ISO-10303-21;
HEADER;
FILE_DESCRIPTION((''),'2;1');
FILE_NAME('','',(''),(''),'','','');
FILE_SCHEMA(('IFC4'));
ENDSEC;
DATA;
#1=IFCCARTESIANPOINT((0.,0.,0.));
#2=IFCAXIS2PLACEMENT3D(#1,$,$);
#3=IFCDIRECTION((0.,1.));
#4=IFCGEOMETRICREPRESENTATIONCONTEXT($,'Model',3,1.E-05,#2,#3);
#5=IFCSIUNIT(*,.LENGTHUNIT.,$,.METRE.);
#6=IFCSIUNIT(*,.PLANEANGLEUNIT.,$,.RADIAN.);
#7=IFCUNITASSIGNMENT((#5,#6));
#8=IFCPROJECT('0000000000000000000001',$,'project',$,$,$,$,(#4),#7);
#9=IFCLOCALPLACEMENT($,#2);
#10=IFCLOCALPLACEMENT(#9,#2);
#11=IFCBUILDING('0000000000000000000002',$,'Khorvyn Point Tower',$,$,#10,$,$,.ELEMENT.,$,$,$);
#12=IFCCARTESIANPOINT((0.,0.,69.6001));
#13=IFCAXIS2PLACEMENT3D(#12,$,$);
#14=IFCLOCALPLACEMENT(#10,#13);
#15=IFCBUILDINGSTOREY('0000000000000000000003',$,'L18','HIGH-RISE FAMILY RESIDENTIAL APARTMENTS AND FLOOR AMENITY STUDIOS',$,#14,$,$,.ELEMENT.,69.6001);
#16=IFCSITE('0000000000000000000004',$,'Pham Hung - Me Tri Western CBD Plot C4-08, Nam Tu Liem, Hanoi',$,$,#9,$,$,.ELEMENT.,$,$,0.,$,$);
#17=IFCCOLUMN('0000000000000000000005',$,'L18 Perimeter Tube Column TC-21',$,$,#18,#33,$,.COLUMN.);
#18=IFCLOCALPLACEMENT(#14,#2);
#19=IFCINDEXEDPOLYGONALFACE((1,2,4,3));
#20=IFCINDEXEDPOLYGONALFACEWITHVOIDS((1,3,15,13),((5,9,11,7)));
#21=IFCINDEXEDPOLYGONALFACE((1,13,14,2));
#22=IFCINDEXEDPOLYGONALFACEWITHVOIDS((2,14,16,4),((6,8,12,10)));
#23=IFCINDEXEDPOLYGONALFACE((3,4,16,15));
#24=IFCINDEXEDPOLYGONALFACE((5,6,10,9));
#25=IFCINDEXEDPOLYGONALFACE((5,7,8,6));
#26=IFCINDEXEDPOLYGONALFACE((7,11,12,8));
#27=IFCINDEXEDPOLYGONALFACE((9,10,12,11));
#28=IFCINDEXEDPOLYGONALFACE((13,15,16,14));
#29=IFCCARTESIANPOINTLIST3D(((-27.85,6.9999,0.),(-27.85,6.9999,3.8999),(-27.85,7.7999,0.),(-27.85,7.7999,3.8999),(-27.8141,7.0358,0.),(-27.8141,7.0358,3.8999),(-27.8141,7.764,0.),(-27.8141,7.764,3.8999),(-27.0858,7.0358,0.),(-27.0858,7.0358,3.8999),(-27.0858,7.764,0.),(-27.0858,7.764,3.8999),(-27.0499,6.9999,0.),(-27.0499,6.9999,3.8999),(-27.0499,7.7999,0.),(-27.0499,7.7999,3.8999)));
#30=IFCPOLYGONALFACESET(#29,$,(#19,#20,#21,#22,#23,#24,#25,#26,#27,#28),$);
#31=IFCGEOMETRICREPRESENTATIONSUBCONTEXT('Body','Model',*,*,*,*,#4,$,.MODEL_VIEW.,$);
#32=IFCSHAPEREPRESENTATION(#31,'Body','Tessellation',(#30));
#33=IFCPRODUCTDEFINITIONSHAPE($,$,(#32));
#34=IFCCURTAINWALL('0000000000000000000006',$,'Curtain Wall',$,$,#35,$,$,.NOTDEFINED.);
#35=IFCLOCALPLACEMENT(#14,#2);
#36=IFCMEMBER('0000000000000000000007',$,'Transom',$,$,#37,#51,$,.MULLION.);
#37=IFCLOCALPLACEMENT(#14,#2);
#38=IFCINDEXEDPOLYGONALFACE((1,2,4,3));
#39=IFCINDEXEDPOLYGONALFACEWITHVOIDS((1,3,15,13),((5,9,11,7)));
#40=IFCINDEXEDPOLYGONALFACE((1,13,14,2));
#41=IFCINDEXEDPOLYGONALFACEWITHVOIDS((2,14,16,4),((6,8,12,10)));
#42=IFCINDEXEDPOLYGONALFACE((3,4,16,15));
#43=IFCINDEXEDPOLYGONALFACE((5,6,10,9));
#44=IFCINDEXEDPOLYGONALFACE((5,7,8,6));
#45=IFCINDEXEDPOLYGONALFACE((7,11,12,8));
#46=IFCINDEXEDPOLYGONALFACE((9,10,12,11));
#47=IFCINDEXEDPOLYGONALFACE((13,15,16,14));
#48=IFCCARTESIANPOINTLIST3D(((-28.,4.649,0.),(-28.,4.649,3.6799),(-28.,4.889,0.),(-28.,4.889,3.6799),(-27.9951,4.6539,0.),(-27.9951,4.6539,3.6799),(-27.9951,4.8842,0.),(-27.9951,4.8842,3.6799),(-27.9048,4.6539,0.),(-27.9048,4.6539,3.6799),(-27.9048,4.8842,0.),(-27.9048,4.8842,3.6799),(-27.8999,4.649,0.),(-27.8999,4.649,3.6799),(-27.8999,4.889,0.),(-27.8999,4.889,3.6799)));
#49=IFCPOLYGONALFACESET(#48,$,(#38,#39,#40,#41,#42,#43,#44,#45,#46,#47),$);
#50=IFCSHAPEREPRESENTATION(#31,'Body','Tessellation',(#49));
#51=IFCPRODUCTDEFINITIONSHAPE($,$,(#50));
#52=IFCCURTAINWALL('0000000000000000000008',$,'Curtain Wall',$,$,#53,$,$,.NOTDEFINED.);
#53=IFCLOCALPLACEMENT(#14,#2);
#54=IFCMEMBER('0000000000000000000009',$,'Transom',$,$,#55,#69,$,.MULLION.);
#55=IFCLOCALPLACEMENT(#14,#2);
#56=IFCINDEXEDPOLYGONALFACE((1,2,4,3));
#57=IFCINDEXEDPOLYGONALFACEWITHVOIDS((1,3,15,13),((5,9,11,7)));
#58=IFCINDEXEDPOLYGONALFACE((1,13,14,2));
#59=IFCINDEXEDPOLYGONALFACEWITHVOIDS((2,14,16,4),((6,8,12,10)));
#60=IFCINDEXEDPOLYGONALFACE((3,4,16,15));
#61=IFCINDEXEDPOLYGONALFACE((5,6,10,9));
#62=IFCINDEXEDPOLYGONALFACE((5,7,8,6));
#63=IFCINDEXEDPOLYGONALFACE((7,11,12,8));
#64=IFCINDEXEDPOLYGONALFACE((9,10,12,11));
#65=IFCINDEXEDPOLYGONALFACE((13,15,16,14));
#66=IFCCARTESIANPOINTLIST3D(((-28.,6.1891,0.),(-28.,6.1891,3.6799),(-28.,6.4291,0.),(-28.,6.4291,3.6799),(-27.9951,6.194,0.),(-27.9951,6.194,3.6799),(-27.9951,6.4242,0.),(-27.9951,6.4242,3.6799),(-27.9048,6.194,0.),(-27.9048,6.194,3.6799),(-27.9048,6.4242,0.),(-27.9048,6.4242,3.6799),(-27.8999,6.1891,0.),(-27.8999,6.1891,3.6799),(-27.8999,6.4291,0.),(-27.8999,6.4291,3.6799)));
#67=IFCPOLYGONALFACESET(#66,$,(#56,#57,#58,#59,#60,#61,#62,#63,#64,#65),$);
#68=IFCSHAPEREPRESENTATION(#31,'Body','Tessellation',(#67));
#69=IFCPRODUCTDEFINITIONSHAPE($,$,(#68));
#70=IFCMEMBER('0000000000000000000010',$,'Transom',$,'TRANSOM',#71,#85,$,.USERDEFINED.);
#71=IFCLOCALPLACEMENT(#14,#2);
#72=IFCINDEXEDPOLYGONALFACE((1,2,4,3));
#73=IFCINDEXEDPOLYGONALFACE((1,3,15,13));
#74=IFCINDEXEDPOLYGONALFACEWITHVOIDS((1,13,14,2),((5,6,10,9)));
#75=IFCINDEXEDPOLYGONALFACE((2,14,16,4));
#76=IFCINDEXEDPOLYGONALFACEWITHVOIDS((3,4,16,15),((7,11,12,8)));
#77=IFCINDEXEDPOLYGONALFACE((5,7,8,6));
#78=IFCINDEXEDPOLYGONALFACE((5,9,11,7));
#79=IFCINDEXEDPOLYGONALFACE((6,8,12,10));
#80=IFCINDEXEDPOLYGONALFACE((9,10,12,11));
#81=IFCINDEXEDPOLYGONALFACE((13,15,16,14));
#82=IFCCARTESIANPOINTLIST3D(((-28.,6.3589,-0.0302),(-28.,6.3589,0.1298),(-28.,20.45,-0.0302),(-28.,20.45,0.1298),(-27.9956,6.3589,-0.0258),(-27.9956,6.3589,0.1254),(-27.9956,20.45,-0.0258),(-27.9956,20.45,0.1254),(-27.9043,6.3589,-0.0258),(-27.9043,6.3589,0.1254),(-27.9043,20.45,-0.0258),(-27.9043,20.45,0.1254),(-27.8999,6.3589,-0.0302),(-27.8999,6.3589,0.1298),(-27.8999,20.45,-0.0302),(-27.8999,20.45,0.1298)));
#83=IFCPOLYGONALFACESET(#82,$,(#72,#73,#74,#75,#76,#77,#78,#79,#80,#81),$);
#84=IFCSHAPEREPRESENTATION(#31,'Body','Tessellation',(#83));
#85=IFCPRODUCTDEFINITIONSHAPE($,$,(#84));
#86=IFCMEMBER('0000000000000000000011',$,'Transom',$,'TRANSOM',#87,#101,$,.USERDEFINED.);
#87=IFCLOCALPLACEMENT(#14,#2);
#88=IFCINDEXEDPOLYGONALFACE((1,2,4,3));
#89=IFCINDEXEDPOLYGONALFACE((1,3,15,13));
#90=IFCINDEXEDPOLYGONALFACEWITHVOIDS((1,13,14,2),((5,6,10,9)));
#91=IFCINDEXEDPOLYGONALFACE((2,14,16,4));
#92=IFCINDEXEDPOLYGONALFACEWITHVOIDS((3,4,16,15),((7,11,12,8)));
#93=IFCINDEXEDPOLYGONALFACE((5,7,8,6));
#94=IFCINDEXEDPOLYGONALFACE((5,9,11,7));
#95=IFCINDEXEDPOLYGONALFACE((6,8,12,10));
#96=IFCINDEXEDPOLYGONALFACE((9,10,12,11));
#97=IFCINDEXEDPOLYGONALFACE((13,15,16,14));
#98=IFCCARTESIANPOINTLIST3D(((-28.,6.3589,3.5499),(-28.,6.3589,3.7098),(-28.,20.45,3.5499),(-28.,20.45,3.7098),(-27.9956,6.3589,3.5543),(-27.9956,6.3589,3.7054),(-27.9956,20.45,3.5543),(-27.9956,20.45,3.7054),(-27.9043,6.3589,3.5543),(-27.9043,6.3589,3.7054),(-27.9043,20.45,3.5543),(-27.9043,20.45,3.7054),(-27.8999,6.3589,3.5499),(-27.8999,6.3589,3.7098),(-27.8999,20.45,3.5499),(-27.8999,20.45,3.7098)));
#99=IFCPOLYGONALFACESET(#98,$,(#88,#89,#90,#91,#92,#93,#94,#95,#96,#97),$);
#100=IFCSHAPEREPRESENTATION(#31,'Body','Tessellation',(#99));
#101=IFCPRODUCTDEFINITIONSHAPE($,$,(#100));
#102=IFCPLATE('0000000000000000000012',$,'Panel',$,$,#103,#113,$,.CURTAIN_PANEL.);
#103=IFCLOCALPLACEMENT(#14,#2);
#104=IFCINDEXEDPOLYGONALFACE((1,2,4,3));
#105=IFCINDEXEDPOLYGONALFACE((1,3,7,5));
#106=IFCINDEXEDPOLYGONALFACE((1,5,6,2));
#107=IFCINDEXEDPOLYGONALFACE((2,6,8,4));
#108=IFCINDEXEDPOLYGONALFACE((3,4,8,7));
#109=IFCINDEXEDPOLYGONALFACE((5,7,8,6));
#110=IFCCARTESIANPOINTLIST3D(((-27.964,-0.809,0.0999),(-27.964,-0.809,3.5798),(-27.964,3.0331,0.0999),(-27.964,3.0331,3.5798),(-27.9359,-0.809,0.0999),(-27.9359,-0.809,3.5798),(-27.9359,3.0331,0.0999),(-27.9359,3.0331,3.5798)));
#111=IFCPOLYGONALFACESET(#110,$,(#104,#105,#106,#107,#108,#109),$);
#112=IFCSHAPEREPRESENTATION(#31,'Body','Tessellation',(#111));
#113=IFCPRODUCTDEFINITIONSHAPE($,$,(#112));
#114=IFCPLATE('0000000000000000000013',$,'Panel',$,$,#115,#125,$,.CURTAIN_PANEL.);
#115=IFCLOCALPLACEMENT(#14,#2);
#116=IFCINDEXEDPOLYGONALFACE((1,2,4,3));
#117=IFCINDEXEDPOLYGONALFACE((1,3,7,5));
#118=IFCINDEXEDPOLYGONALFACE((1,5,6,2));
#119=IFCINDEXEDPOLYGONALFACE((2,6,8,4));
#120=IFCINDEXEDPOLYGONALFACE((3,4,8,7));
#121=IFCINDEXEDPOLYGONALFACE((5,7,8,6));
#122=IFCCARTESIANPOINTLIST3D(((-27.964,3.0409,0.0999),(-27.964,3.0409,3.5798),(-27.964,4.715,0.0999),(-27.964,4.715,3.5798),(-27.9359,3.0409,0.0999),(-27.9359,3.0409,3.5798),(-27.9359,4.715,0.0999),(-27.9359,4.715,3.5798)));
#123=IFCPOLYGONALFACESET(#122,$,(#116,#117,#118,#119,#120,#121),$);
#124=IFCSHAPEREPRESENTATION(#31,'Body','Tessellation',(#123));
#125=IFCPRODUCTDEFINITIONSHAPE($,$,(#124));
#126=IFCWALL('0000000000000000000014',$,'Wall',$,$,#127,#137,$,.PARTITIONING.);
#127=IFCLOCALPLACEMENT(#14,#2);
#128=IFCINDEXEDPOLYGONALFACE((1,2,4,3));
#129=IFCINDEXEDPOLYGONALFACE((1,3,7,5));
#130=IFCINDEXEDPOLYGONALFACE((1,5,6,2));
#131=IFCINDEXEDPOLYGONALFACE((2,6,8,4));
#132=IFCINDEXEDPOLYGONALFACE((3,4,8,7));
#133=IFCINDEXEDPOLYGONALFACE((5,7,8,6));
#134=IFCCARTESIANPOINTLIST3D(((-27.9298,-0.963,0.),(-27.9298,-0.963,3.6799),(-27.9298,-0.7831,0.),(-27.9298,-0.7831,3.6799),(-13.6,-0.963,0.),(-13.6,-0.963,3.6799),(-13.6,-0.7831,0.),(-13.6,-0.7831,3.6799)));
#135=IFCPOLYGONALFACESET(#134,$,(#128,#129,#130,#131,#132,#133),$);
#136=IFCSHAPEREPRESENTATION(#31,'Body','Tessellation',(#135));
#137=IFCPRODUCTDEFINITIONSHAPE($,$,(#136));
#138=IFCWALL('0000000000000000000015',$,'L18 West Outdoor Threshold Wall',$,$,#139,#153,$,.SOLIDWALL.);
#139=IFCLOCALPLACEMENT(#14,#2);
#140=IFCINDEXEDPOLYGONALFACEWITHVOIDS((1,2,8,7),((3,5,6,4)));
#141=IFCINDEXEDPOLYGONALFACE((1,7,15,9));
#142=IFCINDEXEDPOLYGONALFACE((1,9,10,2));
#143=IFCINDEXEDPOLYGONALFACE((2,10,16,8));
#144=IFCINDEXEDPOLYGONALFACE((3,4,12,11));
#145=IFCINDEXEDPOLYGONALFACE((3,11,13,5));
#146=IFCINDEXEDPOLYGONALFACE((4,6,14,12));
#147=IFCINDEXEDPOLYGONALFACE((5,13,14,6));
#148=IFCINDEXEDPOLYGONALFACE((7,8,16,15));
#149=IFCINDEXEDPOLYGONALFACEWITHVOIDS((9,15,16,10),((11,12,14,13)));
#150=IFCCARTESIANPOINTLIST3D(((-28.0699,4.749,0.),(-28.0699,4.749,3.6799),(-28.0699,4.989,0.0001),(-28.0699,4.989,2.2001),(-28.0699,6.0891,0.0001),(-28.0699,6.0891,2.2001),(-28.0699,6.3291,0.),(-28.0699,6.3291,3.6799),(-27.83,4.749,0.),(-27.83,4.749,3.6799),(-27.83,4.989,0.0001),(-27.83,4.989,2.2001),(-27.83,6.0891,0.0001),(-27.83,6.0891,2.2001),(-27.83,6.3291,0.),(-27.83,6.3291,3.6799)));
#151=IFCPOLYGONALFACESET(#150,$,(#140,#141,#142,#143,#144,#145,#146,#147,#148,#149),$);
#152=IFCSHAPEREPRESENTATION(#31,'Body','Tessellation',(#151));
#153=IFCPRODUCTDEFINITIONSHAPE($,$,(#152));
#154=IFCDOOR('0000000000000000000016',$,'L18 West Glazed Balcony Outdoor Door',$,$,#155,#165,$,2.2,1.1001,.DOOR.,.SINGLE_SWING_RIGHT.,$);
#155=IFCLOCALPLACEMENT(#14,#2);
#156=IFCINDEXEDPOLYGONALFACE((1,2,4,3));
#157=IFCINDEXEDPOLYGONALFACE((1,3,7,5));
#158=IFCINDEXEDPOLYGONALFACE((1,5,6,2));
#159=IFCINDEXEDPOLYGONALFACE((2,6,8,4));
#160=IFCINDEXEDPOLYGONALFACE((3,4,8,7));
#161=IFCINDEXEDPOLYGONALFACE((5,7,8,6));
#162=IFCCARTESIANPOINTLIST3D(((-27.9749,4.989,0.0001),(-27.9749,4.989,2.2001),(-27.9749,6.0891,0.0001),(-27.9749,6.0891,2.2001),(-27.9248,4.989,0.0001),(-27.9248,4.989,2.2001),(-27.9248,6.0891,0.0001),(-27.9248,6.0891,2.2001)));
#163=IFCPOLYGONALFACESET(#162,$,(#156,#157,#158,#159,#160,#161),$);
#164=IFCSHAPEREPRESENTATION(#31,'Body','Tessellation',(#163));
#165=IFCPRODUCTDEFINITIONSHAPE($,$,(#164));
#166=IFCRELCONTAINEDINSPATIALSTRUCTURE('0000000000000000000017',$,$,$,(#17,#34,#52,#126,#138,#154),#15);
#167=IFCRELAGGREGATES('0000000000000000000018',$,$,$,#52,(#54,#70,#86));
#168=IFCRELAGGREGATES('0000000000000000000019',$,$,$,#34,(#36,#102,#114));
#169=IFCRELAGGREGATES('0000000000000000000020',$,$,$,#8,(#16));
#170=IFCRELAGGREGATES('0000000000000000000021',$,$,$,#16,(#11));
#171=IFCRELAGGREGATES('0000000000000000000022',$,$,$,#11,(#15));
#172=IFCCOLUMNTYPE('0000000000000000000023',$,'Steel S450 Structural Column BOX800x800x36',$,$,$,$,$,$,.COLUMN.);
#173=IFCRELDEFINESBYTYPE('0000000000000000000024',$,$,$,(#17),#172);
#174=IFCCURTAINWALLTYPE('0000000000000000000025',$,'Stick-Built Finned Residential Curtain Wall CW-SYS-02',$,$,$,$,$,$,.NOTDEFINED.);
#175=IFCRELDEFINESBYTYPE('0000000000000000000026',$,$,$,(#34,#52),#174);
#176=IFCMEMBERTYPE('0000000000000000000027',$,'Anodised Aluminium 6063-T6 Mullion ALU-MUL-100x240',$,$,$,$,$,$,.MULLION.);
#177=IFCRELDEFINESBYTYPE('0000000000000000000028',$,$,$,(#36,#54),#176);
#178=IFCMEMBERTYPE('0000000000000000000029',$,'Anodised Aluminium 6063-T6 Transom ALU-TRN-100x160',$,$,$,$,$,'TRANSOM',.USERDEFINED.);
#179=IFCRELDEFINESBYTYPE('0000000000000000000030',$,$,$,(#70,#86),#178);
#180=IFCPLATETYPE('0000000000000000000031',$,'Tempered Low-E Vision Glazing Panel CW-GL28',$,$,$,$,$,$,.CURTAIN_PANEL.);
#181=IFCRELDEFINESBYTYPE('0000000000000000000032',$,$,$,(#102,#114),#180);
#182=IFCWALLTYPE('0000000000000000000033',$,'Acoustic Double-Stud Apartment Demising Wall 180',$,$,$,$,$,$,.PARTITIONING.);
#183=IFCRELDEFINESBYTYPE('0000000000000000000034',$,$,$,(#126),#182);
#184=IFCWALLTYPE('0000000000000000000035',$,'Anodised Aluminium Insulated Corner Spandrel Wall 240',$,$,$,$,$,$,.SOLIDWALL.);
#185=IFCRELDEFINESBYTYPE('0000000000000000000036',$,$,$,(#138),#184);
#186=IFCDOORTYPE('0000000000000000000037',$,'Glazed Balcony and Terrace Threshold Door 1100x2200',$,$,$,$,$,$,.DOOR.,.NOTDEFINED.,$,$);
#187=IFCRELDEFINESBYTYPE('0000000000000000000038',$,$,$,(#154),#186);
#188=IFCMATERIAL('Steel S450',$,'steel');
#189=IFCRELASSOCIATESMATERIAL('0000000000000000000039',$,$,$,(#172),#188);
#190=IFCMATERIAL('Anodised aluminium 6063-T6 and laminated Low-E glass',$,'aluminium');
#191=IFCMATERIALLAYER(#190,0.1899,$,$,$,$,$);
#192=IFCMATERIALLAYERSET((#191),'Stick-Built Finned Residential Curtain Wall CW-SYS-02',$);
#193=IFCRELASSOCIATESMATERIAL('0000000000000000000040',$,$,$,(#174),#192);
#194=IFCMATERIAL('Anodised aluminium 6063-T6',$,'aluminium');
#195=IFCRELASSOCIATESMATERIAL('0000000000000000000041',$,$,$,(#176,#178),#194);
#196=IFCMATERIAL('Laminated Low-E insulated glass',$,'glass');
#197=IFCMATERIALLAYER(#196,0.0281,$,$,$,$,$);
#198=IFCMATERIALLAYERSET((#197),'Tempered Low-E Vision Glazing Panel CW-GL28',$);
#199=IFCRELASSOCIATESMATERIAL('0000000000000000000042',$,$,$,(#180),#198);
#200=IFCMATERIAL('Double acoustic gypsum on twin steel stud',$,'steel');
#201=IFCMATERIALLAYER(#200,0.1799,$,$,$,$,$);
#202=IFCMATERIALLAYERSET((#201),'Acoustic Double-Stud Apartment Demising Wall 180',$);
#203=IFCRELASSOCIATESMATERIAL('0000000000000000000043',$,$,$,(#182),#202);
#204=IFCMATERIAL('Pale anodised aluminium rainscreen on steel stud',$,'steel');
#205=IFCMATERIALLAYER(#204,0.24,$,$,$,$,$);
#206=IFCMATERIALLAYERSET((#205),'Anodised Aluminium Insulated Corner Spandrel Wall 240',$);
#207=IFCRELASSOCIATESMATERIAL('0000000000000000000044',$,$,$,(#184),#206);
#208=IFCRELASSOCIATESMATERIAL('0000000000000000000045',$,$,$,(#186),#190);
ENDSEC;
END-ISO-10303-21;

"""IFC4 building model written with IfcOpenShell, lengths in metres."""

from ifc_helpers import new_model, si_unit, direction, frame, frame_2d, origin, origin_2d, place, context, subcontext, project, spatial, rectangle, hollow_rectangle, extrude, material, layer, layer_set, material_profile, profile_set, type_object, element, fill, aggregate, save


model = new_model("IFC4")

# Units and contexts
model_context = context("Model", 3, precision=1e-05, world=origin(), true_north=direction((0.0, 1.0)))
body_context = subcontext(model_context, "Body", "Model", "MODEL_VIEW")
ifc_project = project(units=[si_unit("LENGTHUNIT", "METRE"), si_unit("PLANEANGLEUNIT", "RADIAN")], contexts=[model_context])

# Site, building, storey
site_placement = place(None, origin())
site = spatial("IfcSite", under=ifc_project, at=site_placement, Name="Pham Hung - Me Tri Western CBD Plot C4-08, Nam Tu Liem, Hanoi", CompositionType="ELEMENT", RefElevation=0.0)
building_placement = place(site_placement, origin())
building = spatial("IfcBuilding", under=site, at=building_placement, Name="Khorvyn Point Tower", CompositionType="ELEMENT")
storey_placement = place(building_placement, frame((0.0, 0.0, 69.6001)))
storey = spatial("IfcBuildingStorey", under=building, at=storey_placement, Name="L18", Description="HIGH-RISE FAMILY RESIDENTIAL APARTMENTS AND FLOOR AMENITY STUDIOS", CompositionType="ELEMENT", Elevation=69.6001)

# Column
ifc_material_1 = material(Name="Steel S450", Category="steel")
ifc_material_profile_1 = material_profile(ifc_material_1, hollow_rectangle(XDim=0.8, YDim=0.8, WallThickness=0.0359, at=origin_2d()))
ifc_profile_set_1 = profile_set([ifc_material_profile_1], Name="Steel S450 BOX800x800x36")
column_type = type_object("IfcColumnType", Name="Steel S450 Structural Column BOX800x800x36", PredefinedType="COLUMN", material=ifc_profile_set_1)
column_placement = place(storey_placement, frame((-27.45, 7.3999, 0.0), z_axis=(0.0, 0.0, 1.0), x_axis=(1.0, 0.0, 0.0)))
element("IfcColumn", 1, at=column_placement, inside=storey, type_object=column_type, Name="L18 Perimeter Tube Column TC-21", PredefinedType="COLUMN", context=body_context, shape_type="SweptSolid", body=[
    extrude(hollow_rectangle(XDim=0.8, YDim=0.8, WallThickness=0.0359, at=origin_2d()), origin(), (0.0, 0.0, 1.0), 3.8999),
])

# Curtain wall, member
ifc_material_2 = material(Name="Anodised aluminium 6063-T6 and laminated Low-E glass", Category="aluminium")
ifc_layer_1 = layer(ifc_material_2, 0.1899)
ifc_layer_set_1 = layer_set([ifc_layer_1], Name="Stick-Built Finned Residential Curtain Wall CW-SYS-02")
curtain_wall_type = type_object("IfcCurtainWallType", Name="Stick-Built Finned Residential Curtain Wall CW-SYS-02", PredefinedType="NOTDEFINED", material=ifc_layer_set_1)
curtain_wall_1_placement = place(storey_placement, origin())
curtain_wall_1 = element("IfcCurtainWall", 2, at=curtain_wall_1_placement, inside=storey, type_object=curtain_wall_type, Name="Curtain Wall", PredefinedType="NOTDEFINED")
ifc_material_3 = material(Name="Anodised aluminium 6063-T6", Category="aluminium")
ifc_material_profile_2 = material_profile(ifc_material_3, hollow_rectangle(XDim=0.1001, YDim=0.24, WallThickness=0.0049, at=origin_2d()))
ifc_profile_set_2 = profile_set([ifc_material_profile_2], Name="Anodised aluminium 6063-T6 ALU-MUL-100x240")
member_type_1 = type_object("IfcMemberType", Name="Anodised Aluminium 6063-T6 Mullion ALU-MUL-100x240", PredefinedType="MULLION", material=ifc_profile_set_2)
member_1_placement = place(storey_placement, frame((-27.95, 4.769, 0.0), z_axis=(0.0, 0.0, 1.0), x_axis=(-1.0, 0.0, 0.0)))
member_1 = element("IfcMember", 3, at=member_1_placement, type_object=member_type_1, Name="Transom", PredefinedType="MULLION", context=body_context, shape_type="SweptSolid", body=[
    extrude(hollow_rectangle(XDim=0.1001, YDim=0.24, WallThickness=0.0049, at=origin_2d()), origin(), (0.0, 0.0, 1.0), 3.6799),
])

# Curtain wall, members
curtain_wall_2_placement = place(storey_placement, origin())
curtain_wall_2 = element("IfcCurtainWall", 4, at=curtain_wall_2_placement, inside=storey, type_object=curtain_wall_type, Name="Curtain Wall", PredefinedType="NOTDEFINED")
member_2_placement = place(storey_placement, frame((-27.95, 6.3091, 0.0), z_axis=(0.0, 0.0, 1.0), x_axis=(-1.0, 0.0, 0.0)))
member_2 = element("IfcMember", 5, at=member_2_placement, type_object=member_type_1, Name="Transom", PredefinedType="MULLION", context=body_context, shape_type="SweptSolid", body=[
    extrude(hollow_rectangle(XDim=0.1001, YDim=0.24, WallThickness=0.0049, at=origin_2d()), origin(), (0.0, 0.0, 1.0), 3.6799),
])
ifc_material_profile_3 = material_profile(ifc_material_3, hollow_rectangle(XDim=0.1001, YDim=0.1599, WallThickness=0.0044, at=origin_2d()))
ifc_profile_set_3 = profile_set([ifc_material_profile_3], Name="Anodised aluminium 6063-T6 ALU-TRN-100x160")
member_type_2 = type_object("IfcMemberType", Name="Anodised Aluminium 6063-T6 Transom ALU-TRN-100x160", ElementType="TRANSOM", PredefinedType="USERDEFINED", material=ifc_profile_set_3)
member_3_placement = place(storey_placement, frame((-27.95, 6.3589, 0.0498), z_axis=(0.0, 1.0, 0.0), x_axis=(-1.0, 0.0, 0.0)))
member_3 = element("IfcMember", 6, at=member_3_placement, type_object=member_type_2, Name="Transom", ObjectType="TRANSOM", PredefinedType="USERDEFINED", context=body_context, shape_type="SweptSolid", body=[
    extrude(hollow_rectangle(XDim=0.1001, YDim=0.1599, WallThickness=0.0044, at=origin_2d()), origin(), (0.0, 0.0, 1.0), 14.0911),
])
member_4_placement = place(storey_placement, frame((-27.95, 6.3589, 3.6299), z_axis=(0.0, 1.0, 0.0), x_axis=(-1.0, 0.0, 0.0)))
member_4 = element("IfcMember", 7, at=member_4_placement, type_object=member_type_2, Name="Transom", ObjectType="TRANSOM", PredefinedType="USERDEFINED", context=body_context, shape_type="SweptSolid", body=[
    extrude(hollow_rectangle(XDim=0.1001, YDim=0.1599, WallThickness=0.0044, at=origin_2d()), origin(), (0.0, 0.0, 1.0), 14.0911),
])
aggregate(curtain_wall_2, [member_2, member_3, member_4])

# Plates
ifc_material_4 = material(Name="Laminated Low-E insulated glass", Category="glass")
ifc_layer_2 = layer(ifc_material_4, 0.0281)
ifc_layer_set_2 = layer_set([ifc_layer_2], Name="Tempered Low-E Vision Glazing Panel CW-GL28")
plate_type = type_object("IfcPlateType", Name="Tempered Low-E Vision Glazing Panel CW-GL28", PredefinedType="CURTAIN_PANEL", material=ifc_layer_set_2)
plate_1_placement = place(storey_placement, frame((-27.95, 1.1121, 0.0999), z_axis=(0.0, 0.0, 1.0), x_axis=(0.0, 1.0, 0.0)))
plate_1 = element("IfcPlate", 8, at=plate_1_placement, type_object=plate_type, Name="Panel", PredefinedType="CURTAIN_PANEL", context=body_context, shape_type="SweptSolid", body=[
    extrude(rectangle(XDim=3.842, YDim=0.0281, at=origin_2d()), origin(), (0.0, 0.0, 1.0), 3.48),
])
plate_2_placement = place(storey_placement, frame((-27.95, 3.8779, 0.0999), z_axis=(0.0, 0.0, 1.0), x_axis=(0.0, 1.0, 0.0)))
plate_2 = element("IfcPlate", 9, at=plate_2_placement, type_object=plate_type, Name="Panel", PredefinedType="CURTAIN_PANEL", context=body_context, shape_type="SweptSolid", body=[
    extrude(rectangle(XDim=1.6741, YDim=0.0281, at=origin_2d()), origin(), (0.0, 0.0, 1.0), 3.48),
])
aggregate(curtain_wall_1, [member_1, plate_1, plate_2])

# Wall
ifc_material_5 = material(Name="Double acoustic gypsum on twin steel stud", Category="steel")
ifc_layer_3 = layer(ifc_material_5, 0.1799)
ifc_layer_set_3 = layer_set([ifc_layer_3], Name="Acoustic Double-Stud Apartment Demising Wall 180")
wall_type_1 = type_object("IfcWallType", Name="Acoustic Double-Stud Apartment Demising Wall 180", PredefinedType="PARTITIONING", material=ifc_layer_set_3)
wall_1_placement = place(storey_placement, frame((-27.9299, -0.873, 0.0), z_axis=(0.0, 0.0, 1.0), x_axis=(1.0, 0.0, 0.0)))
element("IfcWall", 10, at=wall_1_placement, inside=storey, type_object=wall_type_1, Name="Wall", PredefinedType="PARTITIONING", context=body_context, shape_type="SweptSolid", body=[
    extrude(rectangle(XDim=14.3298, YDim=0.1799, at=frame_2d((7.165, 0.0))), origin(), (0.0, 0.0, 1.0), 3.6799),
])

# Wall, opening, door
ifc_material_6 = material(Name="Pale anodised aluminium rainscreen on steel stud", Category="steel")
ifc_layer_4 = layer(ifc_material_6, 0.24)
ifc_layer_set_4 = layer_set([ifc_layer_4], Name="Anodised Aluminium Insulated Corner Spandrel Wall 240")
wall_type_2 = type_object("IfcWallType", Name="Anodised Aluminium Insulated Corner Spandrel Wall 240", PredefinedType="SOLIDWALL", material=ifc_layer_set_4)
wall_2_placement = place(storey_placement, frame((-27.95, 4.749, 0.0), z_axis=(0.0, 0.0, 1.0), x_axis=(0.0, 1.0, 0.0)))
wall_2 = element("IfcWall", 11, at=wall_2_placement, inside=storey, type_object=wall_type_2, Name="L18 West Outdoor Threshold Wall", PredefinedType="SOLIDWALL", context=body_context, shape_type="SweptSolid", body=[
    extrude(rectangle(XDim=1.5801, YDim=0.24, at=frame_2d((0.79, 0.0))), origin(), (0.0, 0.0, 1.0), 3.6799),
])
opening_1_placement = place(wall_2_placement, frame((0.24, 0.0, 0.0)))
opening_1 = element("IfcOpeningElement", 12, at=opening_1_placement, cuts=wall_2, PredefinedType="OPENING", context=body_context, shape_type="SweptSolid", body=[
    extrude(rectangle(XDim=1.1001, YDim=2.2, at=frame_2d((0.55, 1.1001))), frame((0.0, 0.1299, 0.0), z_axis=(0.0, -1.0, 0.0), x_axis=(1.0, 0.0, 0.0)), (0.0, 0.0, 1.0), 0.26),
])
door_type_1 = type_object("IfcDoorType", Name="Glazed Balcony and Terrace Threshold Door 1100x2200", OperationType="NOTDEFINED", PredefinedType="DOOR", material=ifc_material_2)
door_1_placement = place(opening_1_placement, origin())
door_1 = element("IfcDoor", 13, at=door_1_placement, inside=storey, type_object=door_type_1, Name="L18 West Glazed Balcony Outdoor Door", OperationType="SINGLE_SWING_RIGHT", OverallHeight=2.2, OverallWidth=1.1001, PredefinedType="DOOR", context=body_context, shape_type="SweptSolid", body=[
    extrude(rectangle(XDim=1.1001, YDim=2.2, at=frame_2d((0.55, 1.1001))), frame((0.0, 0.0249, 0.0), z_axis=(0.0, -1.0, 0.0), x_axis=(1.0, 0.0, 0.0)), (0.0, 0.0, 1.0), 0.05),
])
fill(opening_1, door_1)

save(model, "model.ifc")
